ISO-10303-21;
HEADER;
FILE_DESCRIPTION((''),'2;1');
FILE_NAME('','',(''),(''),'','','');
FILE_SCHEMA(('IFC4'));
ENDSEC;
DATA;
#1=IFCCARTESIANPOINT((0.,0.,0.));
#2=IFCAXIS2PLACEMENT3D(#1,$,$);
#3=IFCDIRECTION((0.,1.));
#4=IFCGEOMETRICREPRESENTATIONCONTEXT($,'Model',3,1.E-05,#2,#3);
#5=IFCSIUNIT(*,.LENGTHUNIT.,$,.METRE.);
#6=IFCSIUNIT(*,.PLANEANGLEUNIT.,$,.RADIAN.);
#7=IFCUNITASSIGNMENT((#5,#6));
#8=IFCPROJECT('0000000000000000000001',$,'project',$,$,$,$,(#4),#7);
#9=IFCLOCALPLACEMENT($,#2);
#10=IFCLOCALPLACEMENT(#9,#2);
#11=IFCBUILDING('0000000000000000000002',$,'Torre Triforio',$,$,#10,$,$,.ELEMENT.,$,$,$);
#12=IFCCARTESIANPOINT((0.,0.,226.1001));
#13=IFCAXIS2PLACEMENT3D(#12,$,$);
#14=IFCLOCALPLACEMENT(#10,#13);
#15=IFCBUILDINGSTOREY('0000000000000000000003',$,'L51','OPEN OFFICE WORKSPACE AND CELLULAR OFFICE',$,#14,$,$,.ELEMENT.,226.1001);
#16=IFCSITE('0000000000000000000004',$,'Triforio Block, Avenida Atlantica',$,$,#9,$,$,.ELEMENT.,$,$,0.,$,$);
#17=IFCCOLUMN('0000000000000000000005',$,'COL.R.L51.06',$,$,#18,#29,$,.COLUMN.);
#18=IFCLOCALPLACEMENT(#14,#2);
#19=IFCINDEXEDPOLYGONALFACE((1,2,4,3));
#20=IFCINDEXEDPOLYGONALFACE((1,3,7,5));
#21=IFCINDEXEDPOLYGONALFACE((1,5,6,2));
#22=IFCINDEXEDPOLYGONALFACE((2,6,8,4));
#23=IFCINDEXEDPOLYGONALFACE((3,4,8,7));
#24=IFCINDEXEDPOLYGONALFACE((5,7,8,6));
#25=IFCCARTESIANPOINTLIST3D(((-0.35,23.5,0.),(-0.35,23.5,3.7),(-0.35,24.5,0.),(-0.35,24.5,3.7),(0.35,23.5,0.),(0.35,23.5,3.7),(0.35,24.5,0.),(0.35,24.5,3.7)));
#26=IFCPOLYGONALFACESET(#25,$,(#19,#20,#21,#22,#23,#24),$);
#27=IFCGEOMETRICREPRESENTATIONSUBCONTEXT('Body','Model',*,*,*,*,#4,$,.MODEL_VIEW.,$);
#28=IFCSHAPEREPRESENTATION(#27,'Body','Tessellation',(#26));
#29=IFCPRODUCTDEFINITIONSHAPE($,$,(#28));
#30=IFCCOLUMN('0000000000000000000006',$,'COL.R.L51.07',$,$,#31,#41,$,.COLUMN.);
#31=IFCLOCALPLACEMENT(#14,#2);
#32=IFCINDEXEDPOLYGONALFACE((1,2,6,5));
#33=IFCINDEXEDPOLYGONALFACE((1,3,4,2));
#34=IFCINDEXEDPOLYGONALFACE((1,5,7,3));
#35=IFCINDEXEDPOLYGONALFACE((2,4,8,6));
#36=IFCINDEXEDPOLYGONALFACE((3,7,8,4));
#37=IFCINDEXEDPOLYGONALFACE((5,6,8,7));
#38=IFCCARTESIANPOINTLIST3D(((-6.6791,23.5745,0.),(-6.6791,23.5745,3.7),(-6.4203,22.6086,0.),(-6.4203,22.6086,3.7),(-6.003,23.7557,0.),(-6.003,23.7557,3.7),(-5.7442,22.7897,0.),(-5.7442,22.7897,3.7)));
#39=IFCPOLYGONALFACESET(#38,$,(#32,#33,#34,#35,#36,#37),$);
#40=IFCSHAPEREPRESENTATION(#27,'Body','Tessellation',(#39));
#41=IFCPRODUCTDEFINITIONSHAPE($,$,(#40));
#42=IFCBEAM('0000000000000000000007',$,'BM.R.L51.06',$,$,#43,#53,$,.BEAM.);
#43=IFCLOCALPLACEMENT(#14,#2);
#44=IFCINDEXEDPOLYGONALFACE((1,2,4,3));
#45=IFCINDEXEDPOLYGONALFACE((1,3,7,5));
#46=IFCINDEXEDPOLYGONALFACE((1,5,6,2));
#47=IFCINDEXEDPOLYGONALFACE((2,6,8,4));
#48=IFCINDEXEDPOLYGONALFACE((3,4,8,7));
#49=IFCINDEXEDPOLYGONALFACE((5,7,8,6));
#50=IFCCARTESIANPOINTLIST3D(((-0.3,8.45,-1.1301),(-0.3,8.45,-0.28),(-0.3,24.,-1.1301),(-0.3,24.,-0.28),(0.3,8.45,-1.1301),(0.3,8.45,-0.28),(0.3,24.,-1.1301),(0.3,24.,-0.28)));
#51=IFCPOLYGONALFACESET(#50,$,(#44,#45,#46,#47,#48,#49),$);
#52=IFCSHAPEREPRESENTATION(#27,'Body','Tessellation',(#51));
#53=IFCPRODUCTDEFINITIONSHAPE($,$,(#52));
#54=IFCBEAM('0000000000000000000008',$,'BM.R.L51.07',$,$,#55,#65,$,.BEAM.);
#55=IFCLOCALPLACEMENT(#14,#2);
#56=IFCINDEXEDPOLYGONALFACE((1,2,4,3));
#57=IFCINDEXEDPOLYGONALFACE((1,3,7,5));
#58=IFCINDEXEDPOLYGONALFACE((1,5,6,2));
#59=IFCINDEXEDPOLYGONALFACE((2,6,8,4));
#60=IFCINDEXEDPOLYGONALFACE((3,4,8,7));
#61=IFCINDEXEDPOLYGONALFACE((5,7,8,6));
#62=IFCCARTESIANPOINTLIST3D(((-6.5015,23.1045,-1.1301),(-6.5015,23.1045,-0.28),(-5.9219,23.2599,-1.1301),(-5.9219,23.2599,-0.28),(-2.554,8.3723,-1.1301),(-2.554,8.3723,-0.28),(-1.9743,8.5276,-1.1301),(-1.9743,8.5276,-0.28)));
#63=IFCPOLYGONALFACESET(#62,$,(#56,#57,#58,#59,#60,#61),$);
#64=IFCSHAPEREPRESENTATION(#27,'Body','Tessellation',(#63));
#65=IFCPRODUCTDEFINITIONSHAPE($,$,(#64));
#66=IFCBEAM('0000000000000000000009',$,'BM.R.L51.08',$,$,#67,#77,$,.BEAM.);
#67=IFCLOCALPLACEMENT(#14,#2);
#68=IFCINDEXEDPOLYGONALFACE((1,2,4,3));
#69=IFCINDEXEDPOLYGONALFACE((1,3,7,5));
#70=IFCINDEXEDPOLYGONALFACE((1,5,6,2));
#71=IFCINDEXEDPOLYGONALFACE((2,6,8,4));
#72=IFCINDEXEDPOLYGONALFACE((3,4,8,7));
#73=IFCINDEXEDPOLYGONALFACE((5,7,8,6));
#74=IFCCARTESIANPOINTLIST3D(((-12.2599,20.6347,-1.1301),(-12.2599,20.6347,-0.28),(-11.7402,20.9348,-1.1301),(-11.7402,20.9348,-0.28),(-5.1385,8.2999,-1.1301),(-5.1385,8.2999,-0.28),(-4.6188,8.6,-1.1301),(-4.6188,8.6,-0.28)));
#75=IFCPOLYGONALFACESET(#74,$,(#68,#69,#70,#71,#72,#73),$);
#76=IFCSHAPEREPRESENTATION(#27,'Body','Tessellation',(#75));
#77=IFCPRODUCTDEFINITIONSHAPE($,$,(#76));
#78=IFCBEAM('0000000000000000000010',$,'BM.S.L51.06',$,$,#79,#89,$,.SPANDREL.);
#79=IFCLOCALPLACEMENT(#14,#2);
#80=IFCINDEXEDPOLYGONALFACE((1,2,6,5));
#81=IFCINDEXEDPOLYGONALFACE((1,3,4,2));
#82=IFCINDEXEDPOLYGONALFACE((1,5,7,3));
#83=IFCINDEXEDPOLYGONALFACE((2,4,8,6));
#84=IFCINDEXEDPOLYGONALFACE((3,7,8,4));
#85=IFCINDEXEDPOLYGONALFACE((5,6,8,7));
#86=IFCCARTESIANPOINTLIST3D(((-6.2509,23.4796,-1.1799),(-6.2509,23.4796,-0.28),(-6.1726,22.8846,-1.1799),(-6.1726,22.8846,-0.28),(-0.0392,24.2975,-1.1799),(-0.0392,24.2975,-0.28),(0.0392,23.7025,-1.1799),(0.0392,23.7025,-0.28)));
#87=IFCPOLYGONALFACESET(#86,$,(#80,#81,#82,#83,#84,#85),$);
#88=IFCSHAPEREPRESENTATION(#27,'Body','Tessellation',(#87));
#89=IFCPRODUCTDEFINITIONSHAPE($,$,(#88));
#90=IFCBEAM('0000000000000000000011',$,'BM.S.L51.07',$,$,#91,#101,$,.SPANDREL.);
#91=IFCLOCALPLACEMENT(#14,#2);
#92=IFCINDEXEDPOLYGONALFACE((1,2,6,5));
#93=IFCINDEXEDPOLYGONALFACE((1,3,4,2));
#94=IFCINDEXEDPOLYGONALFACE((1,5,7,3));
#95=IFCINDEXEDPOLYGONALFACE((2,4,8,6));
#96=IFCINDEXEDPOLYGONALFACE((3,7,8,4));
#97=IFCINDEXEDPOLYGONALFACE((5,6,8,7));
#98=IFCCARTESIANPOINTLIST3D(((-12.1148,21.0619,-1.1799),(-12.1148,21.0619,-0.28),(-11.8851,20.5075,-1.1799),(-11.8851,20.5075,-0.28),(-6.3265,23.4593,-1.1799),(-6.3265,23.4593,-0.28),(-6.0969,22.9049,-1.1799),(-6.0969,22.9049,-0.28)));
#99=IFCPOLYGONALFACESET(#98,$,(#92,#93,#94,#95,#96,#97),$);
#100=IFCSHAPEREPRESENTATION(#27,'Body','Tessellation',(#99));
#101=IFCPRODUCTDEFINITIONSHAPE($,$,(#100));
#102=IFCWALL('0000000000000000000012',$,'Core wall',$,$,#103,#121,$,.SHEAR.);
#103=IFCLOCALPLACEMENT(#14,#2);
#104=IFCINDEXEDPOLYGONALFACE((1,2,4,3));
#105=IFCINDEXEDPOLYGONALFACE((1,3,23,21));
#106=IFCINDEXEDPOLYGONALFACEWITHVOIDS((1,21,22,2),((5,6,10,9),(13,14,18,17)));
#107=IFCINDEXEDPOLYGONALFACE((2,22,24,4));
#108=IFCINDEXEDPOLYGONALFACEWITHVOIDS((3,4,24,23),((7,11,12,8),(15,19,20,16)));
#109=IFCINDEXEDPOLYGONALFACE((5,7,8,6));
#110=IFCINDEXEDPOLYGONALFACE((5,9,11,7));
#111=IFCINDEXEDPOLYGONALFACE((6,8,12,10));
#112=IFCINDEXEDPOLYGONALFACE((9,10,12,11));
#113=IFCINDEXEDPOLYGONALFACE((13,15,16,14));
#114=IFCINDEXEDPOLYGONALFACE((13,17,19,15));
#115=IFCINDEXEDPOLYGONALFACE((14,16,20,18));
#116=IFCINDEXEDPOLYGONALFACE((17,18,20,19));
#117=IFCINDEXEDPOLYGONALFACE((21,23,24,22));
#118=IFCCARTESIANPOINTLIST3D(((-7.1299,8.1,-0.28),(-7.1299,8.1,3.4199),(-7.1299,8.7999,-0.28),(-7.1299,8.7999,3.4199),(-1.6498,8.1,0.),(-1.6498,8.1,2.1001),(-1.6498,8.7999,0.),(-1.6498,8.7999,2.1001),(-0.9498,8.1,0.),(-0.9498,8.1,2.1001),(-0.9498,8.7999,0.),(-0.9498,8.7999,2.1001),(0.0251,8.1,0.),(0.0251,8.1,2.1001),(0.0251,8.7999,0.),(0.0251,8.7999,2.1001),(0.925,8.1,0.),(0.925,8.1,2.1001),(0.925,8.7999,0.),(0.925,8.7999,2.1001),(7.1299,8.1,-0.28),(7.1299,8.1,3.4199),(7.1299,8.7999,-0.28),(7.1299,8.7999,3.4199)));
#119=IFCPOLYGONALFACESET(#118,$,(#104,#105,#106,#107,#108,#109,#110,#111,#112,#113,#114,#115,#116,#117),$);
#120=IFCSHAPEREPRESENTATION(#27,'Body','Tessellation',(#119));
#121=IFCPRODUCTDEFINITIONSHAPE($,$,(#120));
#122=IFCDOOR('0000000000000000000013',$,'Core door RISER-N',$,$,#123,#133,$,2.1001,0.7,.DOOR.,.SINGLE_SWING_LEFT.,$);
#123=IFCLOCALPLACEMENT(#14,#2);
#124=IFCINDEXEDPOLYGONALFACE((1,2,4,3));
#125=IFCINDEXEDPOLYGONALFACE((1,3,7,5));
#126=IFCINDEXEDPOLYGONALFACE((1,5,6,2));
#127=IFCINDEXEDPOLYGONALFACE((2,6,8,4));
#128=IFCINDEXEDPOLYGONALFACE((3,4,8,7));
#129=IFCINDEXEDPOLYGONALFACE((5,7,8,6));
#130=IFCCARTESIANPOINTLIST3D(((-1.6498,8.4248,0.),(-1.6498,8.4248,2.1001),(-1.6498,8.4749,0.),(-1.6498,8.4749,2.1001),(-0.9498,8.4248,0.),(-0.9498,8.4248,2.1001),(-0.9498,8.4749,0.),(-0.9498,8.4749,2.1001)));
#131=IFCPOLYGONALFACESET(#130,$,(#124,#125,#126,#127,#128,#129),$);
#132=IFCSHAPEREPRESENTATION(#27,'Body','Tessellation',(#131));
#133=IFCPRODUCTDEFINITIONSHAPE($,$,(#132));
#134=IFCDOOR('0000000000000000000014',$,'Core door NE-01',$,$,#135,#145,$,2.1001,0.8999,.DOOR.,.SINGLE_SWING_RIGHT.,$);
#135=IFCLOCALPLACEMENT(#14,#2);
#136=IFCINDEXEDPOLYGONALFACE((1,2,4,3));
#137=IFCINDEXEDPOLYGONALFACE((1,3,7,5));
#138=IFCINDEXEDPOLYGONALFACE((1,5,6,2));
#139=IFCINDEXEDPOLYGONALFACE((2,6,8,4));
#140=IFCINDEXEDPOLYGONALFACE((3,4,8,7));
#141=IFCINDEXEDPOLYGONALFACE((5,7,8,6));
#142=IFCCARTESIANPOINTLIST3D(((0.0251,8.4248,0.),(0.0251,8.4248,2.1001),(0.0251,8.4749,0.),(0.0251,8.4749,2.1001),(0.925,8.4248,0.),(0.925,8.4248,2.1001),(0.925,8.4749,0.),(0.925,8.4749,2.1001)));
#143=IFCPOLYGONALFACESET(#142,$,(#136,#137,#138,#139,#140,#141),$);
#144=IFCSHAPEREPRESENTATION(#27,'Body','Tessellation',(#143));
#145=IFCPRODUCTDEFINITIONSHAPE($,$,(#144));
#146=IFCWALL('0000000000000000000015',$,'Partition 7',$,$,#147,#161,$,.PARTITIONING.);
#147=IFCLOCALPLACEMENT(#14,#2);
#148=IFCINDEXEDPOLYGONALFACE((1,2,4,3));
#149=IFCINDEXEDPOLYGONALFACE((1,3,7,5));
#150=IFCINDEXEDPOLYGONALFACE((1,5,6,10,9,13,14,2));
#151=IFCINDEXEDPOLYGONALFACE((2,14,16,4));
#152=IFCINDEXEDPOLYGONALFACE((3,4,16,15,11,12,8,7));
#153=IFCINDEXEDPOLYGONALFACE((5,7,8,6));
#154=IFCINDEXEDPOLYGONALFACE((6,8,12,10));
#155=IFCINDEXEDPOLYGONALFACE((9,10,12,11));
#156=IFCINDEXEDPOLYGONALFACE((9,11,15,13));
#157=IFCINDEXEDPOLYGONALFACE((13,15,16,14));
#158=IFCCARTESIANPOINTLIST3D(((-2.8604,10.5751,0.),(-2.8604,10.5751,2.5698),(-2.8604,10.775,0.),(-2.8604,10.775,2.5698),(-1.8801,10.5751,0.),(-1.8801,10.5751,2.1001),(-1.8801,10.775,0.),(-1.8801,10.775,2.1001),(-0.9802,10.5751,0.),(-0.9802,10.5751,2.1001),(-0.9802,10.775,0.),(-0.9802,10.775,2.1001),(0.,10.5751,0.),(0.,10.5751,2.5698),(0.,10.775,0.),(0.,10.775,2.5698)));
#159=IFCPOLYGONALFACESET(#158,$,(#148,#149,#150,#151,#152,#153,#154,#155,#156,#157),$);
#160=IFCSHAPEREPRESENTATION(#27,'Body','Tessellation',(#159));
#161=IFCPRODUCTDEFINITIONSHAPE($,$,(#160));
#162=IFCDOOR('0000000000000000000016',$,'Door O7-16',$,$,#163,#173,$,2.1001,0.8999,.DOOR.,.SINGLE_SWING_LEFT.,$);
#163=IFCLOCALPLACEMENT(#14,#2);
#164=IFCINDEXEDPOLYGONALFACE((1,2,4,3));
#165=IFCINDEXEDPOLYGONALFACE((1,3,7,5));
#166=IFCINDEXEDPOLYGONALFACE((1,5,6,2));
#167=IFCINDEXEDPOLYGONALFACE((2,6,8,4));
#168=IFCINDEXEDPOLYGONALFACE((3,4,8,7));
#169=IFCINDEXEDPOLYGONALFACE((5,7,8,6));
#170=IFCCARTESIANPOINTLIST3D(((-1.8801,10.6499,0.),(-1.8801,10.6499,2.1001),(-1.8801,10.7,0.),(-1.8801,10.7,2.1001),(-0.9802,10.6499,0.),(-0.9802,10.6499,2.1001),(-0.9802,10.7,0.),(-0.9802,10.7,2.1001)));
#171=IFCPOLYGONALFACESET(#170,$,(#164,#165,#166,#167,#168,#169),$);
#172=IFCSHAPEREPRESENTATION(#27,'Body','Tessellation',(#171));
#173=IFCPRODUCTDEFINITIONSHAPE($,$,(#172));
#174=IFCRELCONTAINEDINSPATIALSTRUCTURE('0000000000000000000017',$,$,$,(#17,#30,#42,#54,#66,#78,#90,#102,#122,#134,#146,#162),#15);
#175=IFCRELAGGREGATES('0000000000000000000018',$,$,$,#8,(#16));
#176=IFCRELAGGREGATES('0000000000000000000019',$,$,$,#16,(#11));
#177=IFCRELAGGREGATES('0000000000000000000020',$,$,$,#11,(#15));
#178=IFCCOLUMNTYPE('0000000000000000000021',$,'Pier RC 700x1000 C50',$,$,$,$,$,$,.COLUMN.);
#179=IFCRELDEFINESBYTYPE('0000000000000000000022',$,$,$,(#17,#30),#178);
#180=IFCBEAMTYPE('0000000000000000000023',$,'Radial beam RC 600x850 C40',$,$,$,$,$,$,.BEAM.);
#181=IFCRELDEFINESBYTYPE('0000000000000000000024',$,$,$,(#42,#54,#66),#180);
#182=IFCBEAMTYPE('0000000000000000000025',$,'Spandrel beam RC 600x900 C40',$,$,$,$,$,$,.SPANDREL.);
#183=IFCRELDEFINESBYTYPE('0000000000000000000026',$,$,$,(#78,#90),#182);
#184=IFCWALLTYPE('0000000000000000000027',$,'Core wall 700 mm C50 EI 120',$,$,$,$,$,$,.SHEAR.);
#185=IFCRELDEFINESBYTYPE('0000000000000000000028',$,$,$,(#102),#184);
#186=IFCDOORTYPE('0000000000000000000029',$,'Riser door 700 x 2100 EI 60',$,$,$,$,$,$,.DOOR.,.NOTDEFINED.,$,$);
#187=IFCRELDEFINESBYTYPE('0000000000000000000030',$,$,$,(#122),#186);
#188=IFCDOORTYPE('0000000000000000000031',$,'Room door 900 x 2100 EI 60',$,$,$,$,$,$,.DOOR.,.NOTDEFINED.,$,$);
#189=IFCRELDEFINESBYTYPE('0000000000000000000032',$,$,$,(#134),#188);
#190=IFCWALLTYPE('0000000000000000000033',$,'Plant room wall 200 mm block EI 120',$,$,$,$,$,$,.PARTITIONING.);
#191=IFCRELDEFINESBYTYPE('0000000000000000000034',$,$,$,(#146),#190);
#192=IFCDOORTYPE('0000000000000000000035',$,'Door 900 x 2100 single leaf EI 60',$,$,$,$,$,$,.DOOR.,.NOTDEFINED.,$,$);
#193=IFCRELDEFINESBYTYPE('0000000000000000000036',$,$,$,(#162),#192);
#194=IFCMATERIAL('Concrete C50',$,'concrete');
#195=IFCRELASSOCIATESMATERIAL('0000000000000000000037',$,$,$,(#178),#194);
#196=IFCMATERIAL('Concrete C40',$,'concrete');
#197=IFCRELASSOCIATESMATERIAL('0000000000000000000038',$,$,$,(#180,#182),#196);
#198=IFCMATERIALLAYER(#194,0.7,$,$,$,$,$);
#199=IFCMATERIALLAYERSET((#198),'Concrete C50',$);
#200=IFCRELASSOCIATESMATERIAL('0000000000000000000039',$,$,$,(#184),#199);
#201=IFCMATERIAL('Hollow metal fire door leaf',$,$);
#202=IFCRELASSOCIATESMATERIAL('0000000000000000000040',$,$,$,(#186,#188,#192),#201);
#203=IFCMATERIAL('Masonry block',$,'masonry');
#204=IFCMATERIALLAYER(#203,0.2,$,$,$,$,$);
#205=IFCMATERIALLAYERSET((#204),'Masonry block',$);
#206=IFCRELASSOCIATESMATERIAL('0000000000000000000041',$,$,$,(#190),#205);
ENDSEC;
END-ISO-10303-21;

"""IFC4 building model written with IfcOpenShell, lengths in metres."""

from ifc_helpers import new_model, si_unit, direction, frame, frame_2d, origin, origin_2d, place, context, subcontext, project, spatial, rectangle, extrude, material, layer, layer_set, material_profile, profile_set, type_object, element, fill, save


model = new_model("IFC4")

# Units and contexts
model_context = context("Model", 3, precision=1e-05, world=origin(), true_north=direction((0.0, 1.0)))
body_context = subcontext(model_context, "Body", "Model", "MODEL_VIEW")
ifc_project = project(units=[si_unit("LENGTHUNIT", "METRE"), si_unit("PLANEANGLEUNIT", "RADIAN")], contexts=[model_context])

# Site, building, storey
site_placement = place(None, origin())
site = spatial("IfcSite", under=ifc_project, at=site_placement, Name="Triforio Block, Avenida Atlantica", CompositionType="ELEMENT", RefElevation=0.0)
building_placement = place(site_placement, origin())
building = spatial("IfcBuilding", under=site, at=building_placement, Name="Torre Triforio", CompositionType="ELEMENT")
storey_placement = place(building_placement, frame((0.0, 0.0, 226.1001)))
storey = spatial("IfcBuildingStorey", under=building, at=storey_placement, Name="L51", Description="OPEN OFFICE WORKSPACE AND CELLULAR OFFICE", CompositionType="ELEMENT", Elevation=226.1001)

# Columns
ifc_material_1 = material(Name="Concrete C50", Category="concrete")
ifc_material_profile_1 = material_profile(ifc_material_1, rectangle(XDim=0.7, YDim=1.0, at=origin_2d()), Name="RC 700x1000")
ifc_profile_set_1 = profile_set([ifc_material_profile_1], Name="Concrete C50")
column_type = type_object("IfcColumnType", Name="Pier RC 700x1000 C50", PredefinedType="COLUMN", material=ifc_profile_set_1)
for number, where, z_axis, x_axis, name in (
    (1, (0.0, 24.0, 0.0), (0.0, 0.0, 1.0), (-1.0, 0.0, 0.0), "COL.R.L51.06"),
    (2, (-6.2117, 23.1821, 0.0), (0.0, 0.0, 1.0), (-0.965926, -0.258819, 0.0), "COL.R.L51.07"),
):
    element("IfcColumn", number, at=place(storey_placement, frame(where, z_axis=z_axis, x_axis=x_axis)), inside=storey, type_object=column_type, Name=name, PredefinedType="COLUMN", context=body_context, shape_type="SweptSolid", body=[
        extrude(rectangle(XDim=0.7, YDim=1.0, at=origin_2d()), origin(), (0.0, 0.0, 1.0), 3.7),
    ])

# Beams
ifc_material_2 = material(Name="Concrete C40", Category="concrete")
ifc_material_profile_2 = material_profile(ifc_material_2, rectangle(XDim=0.6001, YDim=0.8501, at=origin_2d()), Name="RC 600x850")
ifc_profile_set_2 = profile_set([ifc_material_profile_2], Name="Concrete C40")
beam_type_1 = type_object("IfcBeamType", Name="Radial beam RC 600x850 C40", PredefinedType="BEAM", material=ifc_profile_set_2)
beam_1_placement = place(storey_placement, frame((0.0, 8.45, -0.7051), z_axis=(0.0, 1.0, 0.0), x_axis=(-1.0, 0.0, 0.0)))
element("IfcBeam", 3, at=beam_1_placement, inside=storey, type_object=beam_type_1, Name="BM.R.L51.06", PredefinedType="BEAM", context=body_context, shape_type="SweptSolid", body=[
    extrude(rectangle(XDim=0.6001, YDim=0.8501, at=origin_2d()), origin(), (0.0, 0.0, 1.0), 15.55),
])
beam_2_placement = place(storey_placement, frame((-2.2642, 8.45, -0.7051), z_axis=(-0.258821, 0.965925, 0.0), x_axis=(-0.965925, -0.258821, 0.0)))
element("IfcBeam", 4, at=beam_2_placement, inside=storey, type_object=beam_type_1, Name="BM.R.L51.07", PredefinedType="BEAM", context=body_context, shape_type="SweptSolid", body=[
    extrude(rectangle(XDim=0.6001, YDim=0.8501, at=origin_2d()), origin(), (0.0, 0.0, 1.0), 15.252),
])
beam_3_placement = place(storey_placement, frame((-4.8787, 8.45, -0.7051), z_axis=(-0.499994, 0.866029, 0.0), x_axis=(-0.866029, -0.499994, 0.0)))
element("IfcBeam", 5, at=beam_3_placement, inside=storey, type_object=beam_type_1, Name="BM.R.L51.08", PredefinedType="BEAM", context=body_context, shape_type="SweptSolid", body=[
    extrude(rectangle(XDim=0.6001, YDim=0.8501, at=origin_2d()), origin(), (0.0, 0.0, 1.0), 14.2429),
])
ifc_material_profile_3 = material_profile(ifc_material_2, rectangle(XDim=0.6001, YDim=0.8999, at=origin_2d()), Name="RC 600x900")
ifc_profile_set_3 = profile_set([ifc_material_profile_3], Name="Concrete C40")
beam_type_2 = type_object("IfcBeamType", Name="Spandrel beam RC 600x900 C40", PredefinedType="SPANDREL", material=ifc_profile_set_3)
beam_4_placement = place(storey_placement, frame((0.0, 24.0, -0.73), z_axis=(-0.991443, -0.13054, 0.0), x_axis=(0.13054, -0.991443, 0.0)))
element("IfcBeam", 6, at=beam_4_placement, inside=storey, type_object=beam_type_2, Name="BM.S.L51.06", PredefinedType="SPANDREL", context=body_context, shape_type="SweptSolid", body=[
    extrude(rectangle(XDim=0.6001, YDim=0.8999, at=origin_2d()), origin(), (0.0, 0.0, 1.0), 6.2654),
])
beam_5_placement = place(storey_placement, frame((-6.2117, 23.1821, -0.73), z_axis=(-0.923888, -0.382664, 0.0), x_axis=(0.382664, -0.923888, 0.0)))
element("IfcBeam", 7, at=beam_5_placement, inside=storey, type_object=beam_type_2, Name="BM.S.L51.07", PredefinedType="SPANDREL", context=body_context, shape_type="SweptSolid", body=[
    extrude(rectangle(XDim=0.6001, YDim=0.8999, at=origin_2d()), origin(), (0.0, 0.0, 1.0), 6.2651),
])

# Wall, openings, doors
ifc_layer_1 = layer(ifc_material_1, 0.7)
ifc_layer_set_1 = layer_set([ifc_layer_1], Name="Concrete C50")
wall_type_1 = type_object("IfcWallType", Name="Core wall 700 mm C50 EI 120", PredefinedType="SHEAR", material=ifc_layer_set_1)
wall_1_placement = place(storey_placement, frame((-7.1299, 8.45, -0.28), z_axis=(0.0, 0.0, 1.0), x_axis=(1.0, 0.0, 0.0)))
wall_1 = element("IfcWall", 8, at=wall_1_placement, inside=storey, type_object=wall_type_1, Name="Core wall", PredefinedType="SHEAR", context=body_context, shape_type="SweptSolid", body=[
    extrude(rectangle(XDim=14.2598, YDim=0.7, at=frame_2d((7.1299, 0.0))), origin(), (0.0, 0.0, 1.0), 3.7),
])
opening_1_placement = place(wall_1_placement, frame((5.48, 0.0, 0.28)))
opening_1 = element("IfcOpeningElement", 9, at=opening_1_placement, cuts=wall_1, PredefinedType="OPENING", context=body_context, shape_type="SweptSolid", body=[
    extrude(rectangle(XDim=0.7, YDim=2.1001, at=frame_2d((0.3501, 1.05))), frame((0.0, 0.3599, 0.0), z_axis=(0.0, -1.0, 0.0), x_axis=(1.0, 0.0, 0.0)), (0.0, 0.0, 1.0), 0.72),
])
opening_2_placement = place(wall_1_placement, frame((7.155, 0.0, 0.28)))
opening_2 = element("IfcOpeningElement", 10, at=opening_2_placement, cuts=wall_1, PredefinedType="OPENING", context=body_context, shape_type="SweptSolid", body=[
    extrude(rectangle(XDim=0.8999, YDim=2.1001, at=frame_2d((0.45, 1.05))), frame((0.0, 0.3599, 0.0), z_axis=(0.0, -1.0, 0.0), x_axis=(1.0, 0.0, 0.0)), (0.0, 0.0, 1.0), 0.72),
])
ifc_material_3 = material(Name="Hollow metal fire door leaf")
door_type_1 = type_object("IfcDoorType", Name="Riser door 700 x 2100 EI 60", OperationType="NOTDEFINED", PredefinedType="DOOR", material=ifc_material_3)
door_1_placement = place(opening_1_placement, origin())
door_1 = element("IfcDoor", 11, at=door_1_placement, inside=storey, type_object=door_type_1, Name="Core door RISER-N", OperationType="SINGLE_SWING_LEFT", OverallHeight=2.1001, OverallWidth=0.7, PredefinedType="DOOR", context=body_context, shape_type="SweptSolid", body=[
    extrude(rectangle(XDim=0.7, YDim=2.1001, at=frame_2d((0.3501, 1.05))), frame((0.0, 0.0249, 0.0), z_axis=(0.0, -1.0, 0.0), x_axis=(1.0, 0.0, 0.0)), (0.0, 0.0, 1.0), 0.05),
])
fill(opening_1, door_1)
door_type_2 = type_object("IfcDoorType", Name="Room door 900 x 2100 EI 60", OperationType="NOTDEFINED", PredefinedType="DOOR", material=ifc_material_3)
door_2_placement = place(opening_2_placement, origin())
door_2 = element("IfcDoor", 12, at=door_2_placement, inside=storey, type_object=door_type_2, Name="Core door NE-01", OperationType="SINGLE_SWING_RIGHT", OverallHeight=2.1001, OverallWidth=0.8999, PredefinedType="DOOR", context=body_context, shape_type="SweptSolid", body=[
    extrude(rectangle(XDim=0.8999, YDim=2.1001, at=frame_2d((0.45, 1.05))), frame((0.0, 0.0249, 0.0), z_axis=(0.0, -1.0, 0.0), x_axis=(1.0, 0.0, 0.0)), (0.0, 0.0, 1.0), 0.05),
])
fill(opening_2, door_2)

# Wall, opening, door
ifc_material_4 = material(Name="Masonry block", Category="masonry")
ifc_layer_2 = layer(ifc_material_4, 0.2)
ifc_layer_set_2 = layer_set([ifc_layer_2], Name="Masonry block")
wall_type_2 = type_object("IfcWallType", Name="Plant room wall 200 mm block EI 120", PredefinedType="PARTITIONING", material=ifc_layer_set_2)
wall_2_placement = place(storey_placement, frame((-2.8604, 10.675, 0.0), z_axis=(0.0, 0.0, 1.0), x_axis=(1.0, 0.0, 0.0)))
wall_2 = element("IfcWall", 13, at=wall_2_placement, inside=storey, type_object=wall_type_2, Name="Partition 7", PredefinedType="PARTITIONING", context=body_context, shape_type="SweptSolid", body=[
    extrude(rectangle(XDim=2.8604, YDim=0.2, at=frame_2d((1.4302, 0.0))), origin(), (0.0, 0.0, 1.0), 2.5698),
])
opening_3_placement = place(wall_2_placement, frame((0.9802, 0.0, 0.0)))
opening_3 = element("IfcOpeningElement", 14, at=opening_3_placement, cuts=wall_2, PredefinedType="OPENING", context=body_context, shape_type="SweptSolid", body=[
    extrude(rectangle(XDim=0.8999, YDim=2.1001, at=frame_2d((0.45, 1.05))), frame((0.0, 0.1099, 0.0), z_axis=(0.0, -1.0, 0.0), x_axis=(1.0, 0.0, 0.0)), (0.0, 0.0, 1.0), 0.22),
])
door_type_3 = type_object("IfcDoorType", Name="Door 900 x 2100 single leaf EI 60", OperationType="NOTDEFINED", PredefinedType="DOOR", material=ifc_material_3)
door_3_placement = place(opening_3_placement, origin())
door_3 = element("IfcDoor", 15, at=door_3_placement, inside=storey, type_object=door_type_3, Name="Door O7-16", OperationType="SINGLE_SWING_LEFT", OverallHeight=2.1001, OverallWidth=0.8999, PredefinedType="DOOR", context=body_context, shape_type="SweptSolid", body=[
    extrude(rectangle(XDim=0.8999, YDim=2.1001, at=frame_2d((0.45, 1.05))), frame((0.0, 0.0249, 0.0), z_axis=(0.0, -1.0, 0.0), x_axis=(1.0, 0.0, 0.0)), (0.0, 0.0, 1.0), 0.05),
])
fill(opening_3, door_3)

save(model, "model.ifc")
